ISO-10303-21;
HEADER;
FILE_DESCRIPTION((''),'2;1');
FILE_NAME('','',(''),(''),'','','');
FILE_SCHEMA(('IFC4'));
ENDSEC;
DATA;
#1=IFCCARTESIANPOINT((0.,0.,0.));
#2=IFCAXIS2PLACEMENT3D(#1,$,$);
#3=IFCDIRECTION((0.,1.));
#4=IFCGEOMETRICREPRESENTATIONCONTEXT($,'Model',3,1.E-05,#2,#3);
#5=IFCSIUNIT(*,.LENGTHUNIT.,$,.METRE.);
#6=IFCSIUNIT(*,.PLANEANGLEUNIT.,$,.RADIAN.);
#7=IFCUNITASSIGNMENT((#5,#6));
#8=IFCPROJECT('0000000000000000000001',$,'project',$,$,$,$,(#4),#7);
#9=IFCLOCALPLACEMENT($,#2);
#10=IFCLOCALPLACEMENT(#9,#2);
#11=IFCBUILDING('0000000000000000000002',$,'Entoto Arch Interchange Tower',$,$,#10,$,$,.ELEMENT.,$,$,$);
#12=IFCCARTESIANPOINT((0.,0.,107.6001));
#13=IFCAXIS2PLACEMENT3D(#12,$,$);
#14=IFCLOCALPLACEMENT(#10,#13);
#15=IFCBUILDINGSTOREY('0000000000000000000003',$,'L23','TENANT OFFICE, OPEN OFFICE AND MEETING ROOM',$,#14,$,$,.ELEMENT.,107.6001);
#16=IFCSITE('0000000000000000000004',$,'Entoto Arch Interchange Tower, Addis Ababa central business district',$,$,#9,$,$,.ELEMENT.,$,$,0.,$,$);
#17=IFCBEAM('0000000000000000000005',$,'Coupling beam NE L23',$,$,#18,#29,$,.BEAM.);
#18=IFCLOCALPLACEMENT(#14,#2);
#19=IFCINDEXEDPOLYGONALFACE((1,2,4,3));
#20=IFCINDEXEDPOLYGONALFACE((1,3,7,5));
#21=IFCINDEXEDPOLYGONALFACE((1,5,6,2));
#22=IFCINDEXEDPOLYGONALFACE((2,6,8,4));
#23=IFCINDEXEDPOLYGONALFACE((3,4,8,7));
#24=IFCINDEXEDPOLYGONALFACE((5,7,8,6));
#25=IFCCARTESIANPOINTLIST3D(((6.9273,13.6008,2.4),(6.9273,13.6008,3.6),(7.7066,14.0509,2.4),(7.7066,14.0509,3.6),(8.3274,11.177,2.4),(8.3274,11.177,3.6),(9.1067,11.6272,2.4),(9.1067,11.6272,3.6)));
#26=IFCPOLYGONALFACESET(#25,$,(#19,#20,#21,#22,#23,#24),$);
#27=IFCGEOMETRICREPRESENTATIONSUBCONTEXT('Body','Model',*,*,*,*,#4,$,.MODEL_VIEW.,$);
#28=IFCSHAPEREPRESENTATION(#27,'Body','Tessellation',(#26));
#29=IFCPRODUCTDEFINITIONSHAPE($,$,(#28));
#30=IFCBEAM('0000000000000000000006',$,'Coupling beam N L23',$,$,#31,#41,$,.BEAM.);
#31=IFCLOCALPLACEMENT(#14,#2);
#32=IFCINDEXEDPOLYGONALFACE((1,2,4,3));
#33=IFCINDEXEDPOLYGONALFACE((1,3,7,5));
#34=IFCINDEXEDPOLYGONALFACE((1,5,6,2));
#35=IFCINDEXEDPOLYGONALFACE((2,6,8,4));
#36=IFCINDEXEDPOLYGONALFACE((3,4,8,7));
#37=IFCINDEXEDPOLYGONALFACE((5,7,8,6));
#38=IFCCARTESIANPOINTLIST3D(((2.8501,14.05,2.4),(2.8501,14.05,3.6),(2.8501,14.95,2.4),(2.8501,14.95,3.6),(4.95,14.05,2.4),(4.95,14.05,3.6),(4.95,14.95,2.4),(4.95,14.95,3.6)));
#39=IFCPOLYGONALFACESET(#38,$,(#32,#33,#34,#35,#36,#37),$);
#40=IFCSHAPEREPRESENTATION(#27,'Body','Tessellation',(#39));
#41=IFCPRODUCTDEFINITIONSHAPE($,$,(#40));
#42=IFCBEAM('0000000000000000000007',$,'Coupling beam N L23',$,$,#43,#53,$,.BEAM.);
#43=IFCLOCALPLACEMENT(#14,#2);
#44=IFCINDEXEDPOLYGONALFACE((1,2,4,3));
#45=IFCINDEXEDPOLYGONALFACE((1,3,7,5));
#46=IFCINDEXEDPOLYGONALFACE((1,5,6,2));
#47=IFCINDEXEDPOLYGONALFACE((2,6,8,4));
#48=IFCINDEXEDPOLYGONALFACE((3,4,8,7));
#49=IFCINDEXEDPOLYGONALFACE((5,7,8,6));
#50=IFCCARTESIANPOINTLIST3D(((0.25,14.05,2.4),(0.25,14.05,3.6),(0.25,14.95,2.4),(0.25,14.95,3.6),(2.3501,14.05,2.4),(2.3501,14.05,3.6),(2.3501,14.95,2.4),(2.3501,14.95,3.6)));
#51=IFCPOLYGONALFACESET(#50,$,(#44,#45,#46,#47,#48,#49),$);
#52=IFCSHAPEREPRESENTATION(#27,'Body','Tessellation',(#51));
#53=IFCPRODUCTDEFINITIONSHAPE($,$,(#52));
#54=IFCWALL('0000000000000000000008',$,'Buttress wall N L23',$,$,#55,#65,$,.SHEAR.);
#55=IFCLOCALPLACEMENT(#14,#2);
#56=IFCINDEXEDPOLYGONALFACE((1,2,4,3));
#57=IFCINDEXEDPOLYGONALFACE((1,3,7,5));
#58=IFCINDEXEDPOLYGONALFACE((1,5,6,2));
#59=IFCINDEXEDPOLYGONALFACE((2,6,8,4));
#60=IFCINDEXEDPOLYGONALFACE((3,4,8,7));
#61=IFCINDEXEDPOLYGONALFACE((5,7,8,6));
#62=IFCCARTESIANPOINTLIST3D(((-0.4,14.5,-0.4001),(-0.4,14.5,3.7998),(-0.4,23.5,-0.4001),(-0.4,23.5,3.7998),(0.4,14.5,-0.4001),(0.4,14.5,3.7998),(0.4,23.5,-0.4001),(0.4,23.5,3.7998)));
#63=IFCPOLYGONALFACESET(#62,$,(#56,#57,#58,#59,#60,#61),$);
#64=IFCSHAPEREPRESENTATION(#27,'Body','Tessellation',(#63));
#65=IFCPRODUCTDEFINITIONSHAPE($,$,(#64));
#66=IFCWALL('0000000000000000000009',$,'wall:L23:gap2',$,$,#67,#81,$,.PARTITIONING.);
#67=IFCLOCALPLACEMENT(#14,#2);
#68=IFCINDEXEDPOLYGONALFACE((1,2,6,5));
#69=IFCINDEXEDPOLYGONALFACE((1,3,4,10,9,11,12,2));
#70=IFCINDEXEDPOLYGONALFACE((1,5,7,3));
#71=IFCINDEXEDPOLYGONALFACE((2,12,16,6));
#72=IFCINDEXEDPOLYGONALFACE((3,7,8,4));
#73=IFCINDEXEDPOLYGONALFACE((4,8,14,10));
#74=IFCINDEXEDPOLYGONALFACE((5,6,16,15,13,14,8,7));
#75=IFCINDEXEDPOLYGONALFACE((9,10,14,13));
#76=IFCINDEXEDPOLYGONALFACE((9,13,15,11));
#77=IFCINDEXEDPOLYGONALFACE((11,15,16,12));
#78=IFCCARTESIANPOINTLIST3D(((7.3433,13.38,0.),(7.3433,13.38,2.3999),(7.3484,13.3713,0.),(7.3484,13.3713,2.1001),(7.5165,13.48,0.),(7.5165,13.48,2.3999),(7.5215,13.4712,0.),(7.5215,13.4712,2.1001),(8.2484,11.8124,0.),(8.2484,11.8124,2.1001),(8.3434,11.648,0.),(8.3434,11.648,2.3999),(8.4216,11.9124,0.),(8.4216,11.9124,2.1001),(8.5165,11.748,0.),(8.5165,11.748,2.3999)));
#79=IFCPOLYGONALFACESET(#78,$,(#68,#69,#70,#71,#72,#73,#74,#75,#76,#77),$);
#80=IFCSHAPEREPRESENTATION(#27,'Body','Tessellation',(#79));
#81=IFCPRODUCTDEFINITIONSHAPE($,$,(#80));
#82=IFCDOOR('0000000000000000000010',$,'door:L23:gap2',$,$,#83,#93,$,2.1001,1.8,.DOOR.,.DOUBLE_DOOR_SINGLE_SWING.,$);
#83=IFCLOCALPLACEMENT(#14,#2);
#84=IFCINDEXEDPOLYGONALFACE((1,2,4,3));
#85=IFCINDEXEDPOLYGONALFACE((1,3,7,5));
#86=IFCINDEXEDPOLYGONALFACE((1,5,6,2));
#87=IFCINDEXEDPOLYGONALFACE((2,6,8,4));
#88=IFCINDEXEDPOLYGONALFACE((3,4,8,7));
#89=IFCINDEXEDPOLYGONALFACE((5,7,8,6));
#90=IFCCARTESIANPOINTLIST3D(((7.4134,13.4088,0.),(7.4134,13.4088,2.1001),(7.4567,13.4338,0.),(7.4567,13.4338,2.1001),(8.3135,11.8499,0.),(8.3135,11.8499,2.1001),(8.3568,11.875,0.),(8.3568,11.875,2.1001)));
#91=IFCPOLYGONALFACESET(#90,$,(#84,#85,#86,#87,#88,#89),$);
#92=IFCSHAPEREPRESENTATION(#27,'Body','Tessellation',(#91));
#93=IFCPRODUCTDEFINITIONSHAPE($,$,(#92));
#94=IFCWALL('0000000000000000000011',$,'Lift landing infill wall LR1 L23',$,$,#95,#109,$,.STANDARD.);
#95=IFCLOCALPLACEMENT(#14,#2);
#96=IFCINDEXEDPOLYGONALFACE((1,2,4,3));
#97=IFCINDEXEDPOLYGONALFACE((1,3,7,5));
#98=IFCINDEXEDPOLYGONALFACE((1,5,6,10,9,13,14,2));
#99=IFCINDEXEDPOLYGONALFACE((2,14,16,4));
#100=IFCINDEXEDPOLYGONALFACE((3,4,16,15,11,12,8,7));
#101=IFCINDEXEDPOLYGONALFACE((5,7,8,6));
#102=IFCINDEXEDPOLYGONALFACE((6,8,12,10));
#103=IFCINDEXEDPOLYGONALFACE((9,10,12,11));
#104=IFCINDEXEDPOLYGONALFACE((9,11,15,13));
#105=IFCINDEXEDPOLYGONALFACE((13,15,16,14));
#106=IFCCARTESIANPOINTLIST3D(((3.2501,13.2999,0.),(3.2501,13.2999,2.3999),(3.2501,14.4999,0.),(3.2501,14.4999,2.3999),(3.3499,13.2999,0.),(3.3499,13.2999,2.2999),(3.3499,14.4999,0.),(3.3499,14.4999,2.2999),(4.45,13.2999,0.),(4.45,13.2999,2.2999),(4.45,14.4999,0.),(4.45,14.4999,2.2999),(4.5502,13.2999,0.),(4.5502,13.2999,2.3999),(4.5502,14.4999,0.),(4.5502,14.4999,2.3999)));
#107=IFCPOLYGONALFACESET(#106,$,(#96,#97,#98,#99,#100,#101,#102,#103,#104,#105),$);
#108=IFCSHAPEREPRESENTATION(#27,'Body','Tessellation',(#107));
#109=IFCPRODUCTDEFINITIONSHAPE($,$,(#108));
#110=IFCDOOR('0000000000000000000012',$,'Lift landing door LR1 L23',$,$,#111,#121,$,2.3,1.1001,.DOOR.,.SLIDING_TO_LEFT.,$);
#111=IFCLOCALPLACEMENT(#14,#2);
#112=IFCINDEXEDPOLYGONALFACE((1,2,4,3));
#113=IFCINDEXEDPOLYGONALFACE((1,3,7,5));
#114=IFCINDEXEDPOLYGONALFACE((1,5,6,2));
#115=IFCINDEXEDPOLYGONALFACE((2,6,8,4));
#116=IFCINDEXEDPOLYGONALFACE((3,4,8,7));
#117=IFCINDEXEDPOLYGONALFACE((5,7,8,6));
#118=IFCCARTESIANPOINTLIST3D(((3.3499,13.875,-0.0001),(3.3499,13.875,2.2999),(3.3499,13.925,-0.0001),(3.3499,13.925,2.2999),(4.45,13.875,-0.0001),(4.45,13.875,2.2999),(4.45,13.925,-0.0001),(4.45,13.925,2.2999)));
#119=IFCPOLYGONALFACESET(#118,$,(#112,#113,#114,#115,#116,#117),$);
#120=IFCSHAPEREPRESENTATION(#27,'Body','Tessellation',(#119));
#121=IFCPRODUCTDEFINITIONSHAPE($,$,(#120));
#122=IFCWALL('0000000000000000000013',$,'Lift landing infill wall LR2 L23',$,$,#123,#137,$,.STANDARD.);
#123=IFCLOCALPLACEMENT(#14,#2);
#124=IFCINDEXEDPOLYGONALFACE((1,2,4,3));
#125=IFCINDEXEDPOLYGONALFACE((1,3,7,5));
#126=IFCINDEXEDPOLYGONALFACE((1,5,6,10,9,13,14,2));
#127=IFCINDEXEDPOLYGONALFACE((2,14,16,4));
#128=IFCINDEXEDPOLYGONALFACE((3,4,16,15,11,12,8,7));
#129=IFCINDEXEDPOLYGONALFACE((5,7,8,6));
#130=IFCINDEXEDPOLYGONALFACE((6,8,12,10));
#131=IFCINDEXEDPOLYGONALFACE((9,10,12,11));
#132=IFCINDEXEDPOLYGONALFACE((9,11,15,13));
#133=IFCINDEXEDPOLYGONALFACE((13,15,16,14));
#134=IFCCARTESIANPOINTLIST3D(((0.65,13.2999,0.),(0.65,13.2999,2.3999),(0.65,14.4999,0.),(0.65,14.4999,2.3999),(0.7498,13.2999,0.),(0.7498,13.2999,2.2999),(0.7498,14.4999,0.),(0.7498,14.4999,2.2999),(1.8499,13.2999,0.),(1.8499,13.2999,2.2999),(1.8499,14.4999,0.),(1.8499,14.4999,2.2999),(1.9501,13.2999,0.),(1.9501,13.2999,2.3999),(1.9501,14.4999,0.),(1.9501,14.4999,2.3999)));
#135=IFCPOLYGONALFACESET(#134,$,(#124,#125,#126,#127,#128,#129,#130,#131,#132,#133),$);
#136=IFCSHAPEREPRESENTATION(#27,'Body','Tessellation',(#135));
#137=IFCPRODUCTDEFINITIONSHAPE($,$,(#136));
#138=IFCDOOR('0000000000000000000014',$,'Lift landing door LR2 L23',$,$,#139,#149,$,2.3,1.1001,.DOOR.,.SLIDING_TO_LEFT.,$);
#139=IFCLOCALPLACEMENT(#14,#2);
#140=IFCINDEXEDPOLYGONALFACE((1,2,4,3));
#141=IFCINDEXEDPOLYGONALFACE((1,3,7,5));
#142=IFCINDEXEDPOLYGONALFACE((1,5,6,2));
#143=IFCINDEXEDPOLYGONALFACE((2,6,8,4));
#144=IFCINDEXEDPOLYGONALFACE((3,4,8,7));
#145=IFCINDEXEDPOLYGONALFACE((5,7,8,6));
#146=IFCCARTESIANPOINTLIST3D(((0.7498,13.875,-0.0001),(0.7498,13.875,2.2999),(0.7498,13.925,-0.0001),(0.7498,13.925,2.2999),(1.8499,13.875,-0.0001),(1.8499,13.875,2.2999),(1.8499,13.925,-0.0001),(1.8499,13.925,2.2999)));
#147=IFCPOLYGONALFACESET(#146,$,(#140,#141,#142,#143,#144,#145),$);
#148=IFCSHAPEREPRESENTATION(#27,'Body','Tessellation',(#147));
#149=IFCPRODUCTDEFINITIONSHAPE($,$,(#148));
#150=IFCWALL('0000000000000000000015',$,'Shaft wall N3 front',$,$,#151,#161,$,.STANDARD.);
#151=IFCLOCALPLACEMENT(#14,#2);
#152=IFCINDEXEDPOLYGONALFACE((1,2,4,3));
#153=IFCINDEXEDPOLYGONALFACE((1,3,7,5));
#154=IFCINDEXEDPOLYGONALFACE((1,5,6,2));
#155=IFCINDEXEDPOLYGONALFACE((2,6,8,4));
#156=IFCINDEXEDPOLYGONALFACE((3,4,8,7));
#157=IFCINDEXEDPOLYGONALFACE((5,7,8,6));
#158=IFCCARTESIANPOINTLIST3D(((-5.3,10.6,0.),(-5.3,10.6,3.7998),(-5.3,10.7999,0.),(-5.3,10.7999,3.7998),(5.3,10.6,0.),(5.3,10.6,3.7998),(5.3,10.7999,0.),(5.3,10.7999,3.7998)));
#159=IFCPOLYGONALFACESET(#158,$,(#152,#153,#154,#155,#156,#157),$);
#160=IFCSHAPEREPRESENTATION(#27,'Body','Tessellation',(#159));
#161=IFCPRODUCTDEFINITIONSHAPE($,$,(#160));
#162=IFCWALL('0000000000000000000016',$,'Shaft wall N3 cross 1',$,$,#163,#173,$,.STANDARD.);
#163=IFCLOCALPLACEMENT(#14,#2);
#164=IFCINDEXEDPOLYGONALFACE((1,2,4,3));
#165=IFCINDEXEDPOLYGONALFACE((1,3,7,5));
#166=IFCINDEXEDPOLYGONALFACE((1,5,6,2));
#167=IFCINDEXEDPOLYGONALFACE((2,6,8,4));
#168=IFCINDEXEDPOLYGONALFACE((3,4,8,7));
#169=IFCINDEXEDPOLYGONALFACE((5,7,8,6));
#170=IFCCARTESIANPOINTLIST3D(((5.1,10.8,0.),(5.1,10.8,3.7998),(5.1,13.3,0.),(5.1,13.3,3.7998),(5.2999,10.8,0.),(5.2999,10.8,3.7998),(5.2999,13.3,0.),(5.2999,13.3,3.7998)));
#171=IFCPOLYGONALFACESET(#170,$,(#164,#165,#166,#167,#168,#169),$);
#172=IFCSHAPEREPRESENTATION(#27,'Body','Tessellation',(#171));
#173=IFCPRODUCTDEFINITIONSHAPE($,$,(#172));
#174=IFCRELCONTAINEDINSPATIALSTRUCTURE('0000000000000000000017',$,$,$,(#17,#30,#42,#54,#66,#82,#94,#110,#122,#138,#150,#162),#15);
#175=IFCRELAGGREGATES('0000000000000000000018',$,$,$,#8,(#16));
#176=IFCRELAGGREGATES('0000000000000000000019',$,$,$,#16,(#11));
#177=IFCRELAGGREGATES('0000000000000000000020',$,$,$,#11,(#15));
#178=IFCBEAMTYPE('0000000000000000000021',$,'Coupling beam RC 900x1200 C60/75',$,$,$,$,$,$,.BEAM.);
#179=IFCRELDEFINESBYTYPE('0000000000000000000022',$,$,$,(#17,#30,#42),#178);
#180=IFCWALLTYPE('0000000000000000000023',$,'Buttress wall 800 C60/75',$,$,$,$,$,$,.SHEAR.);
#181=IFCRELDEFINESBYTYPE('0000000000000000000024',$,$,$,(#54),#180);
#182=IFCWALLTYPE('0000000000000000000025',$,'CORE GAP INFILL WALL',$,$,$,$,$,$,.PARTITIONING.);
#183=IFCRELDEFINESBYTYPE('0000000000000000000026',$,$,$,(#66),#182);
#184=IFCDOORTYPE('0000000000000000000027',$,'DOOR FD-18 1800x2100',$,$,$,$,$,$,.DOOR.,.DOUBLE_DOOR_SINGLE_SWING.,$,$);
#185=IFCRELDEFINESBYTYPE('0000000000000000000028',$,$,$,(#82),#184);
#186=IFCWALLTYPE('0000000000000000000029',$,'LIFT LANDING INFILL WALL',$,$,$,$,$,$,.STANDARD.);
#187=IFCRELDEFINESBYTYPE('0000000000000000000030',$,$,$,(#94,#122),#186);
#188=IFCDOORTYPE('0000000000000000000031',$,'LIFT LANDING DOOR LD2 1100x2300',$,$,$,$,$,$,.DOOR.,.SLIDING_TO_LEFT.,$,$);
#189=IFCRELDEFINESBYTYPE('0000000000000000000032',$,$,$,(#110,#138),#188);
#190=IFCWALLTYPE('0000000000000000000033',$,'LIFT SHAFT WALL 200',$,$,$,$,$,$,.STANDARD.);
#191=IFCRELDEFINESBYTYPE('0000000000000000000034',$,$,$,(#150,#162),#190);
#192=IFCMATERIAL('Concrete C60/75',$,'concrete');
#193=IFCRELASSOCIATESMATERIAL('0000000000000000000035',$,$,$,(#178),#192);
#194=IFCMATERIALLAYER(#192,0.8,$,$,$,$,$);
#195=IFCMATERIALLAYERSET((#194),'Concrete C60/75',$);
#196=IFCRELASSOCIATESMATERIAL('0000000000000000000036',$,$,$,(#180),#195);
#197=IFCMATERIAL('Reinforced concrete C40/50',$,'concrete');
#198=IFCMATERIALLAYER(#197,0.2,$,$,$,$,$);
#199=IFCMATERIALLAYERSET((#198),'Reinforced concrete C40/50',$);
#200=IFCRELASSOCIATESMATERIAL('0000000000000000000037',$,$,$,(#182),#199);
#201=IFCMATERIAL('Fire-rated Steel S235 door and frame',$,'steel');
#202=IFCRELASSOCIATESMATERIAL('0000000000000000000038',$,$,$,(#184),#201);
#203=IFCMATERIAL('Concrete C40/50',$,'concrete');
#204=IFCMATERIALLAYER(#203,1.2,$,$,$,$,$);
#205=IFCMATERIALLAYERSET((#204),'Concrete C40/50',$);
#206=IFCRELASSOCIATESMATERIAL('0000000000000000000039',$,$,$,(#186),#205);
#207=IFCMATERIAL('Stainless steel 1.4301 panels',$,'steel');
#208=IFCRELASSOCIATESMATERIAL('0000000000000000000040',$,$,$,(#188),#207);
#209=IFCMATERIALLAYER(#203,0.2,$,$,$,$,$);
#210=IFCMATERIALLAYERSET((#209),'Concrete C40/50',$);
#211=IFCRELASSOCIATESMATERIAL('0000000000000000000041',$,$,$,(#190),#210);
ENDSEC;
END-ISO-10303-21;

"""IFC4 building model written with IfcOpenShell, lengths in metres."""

from ifc_helpers import new_model, si_unit, direction, frame, frame_2d, origin, origin_2d, place, context, subcontext, project, spatial, rectangle, extrude, material, layer, layer_set, material_profile, profile_set, type_object, element, fill, save


model = new_model("IFC4")

# Units and contexts
model_context = context("Model", 3, precision=1e-05, world=origin(), true_north=direction((0.0, 1.0)))
body_context = subcontext(model_context, "Body", "Model", "MODEL_VIEW")
ifc_project = project(units=[si_unit("LENGTHUNIT", "METRE"), si_unit("PLANEANGLEUNIT", "RADIAN")], contexts=[model_context])

# Site, building, storey
site_placement = place(None, origin())
site = spatial("IfcSite", under=ifc_project, at=site_placement, Name="Entoto Arch Interchange Tower, Addis Ababa central business district", CompositionType="ELEMENT", RefElevation=0.0)
building_placement = place(site_placement, origin())
building = spatial("IfcBuilding", under=site, at=building_placement, Name="Entoto Arch Interchange Tower", CompositionType="ELEMENT")
storey_placement = place(building_placement, frame((0.0, 0.0, 107.6001)))
storey = spatial("IfcBuildingStorey", under=building, at=storey_placement, Name="L23", Description="TENANT OFFICE, OPEN OFFICE AND MEETING ROOM", CompositionType="ELEMENT", Elevation=107.6001)

# Beams
ifc_material_1 = material(Name="Concrete C60/75", Category="concrete")
ifc_material_profile = material_profile(ifc_material_1, rectangle(XDim=0.8999, YDim=1.2, at=origin_2d()))
ifc_profile_set = profile_set([ifc_material_profile], Name="Concrete C60/75")
beam_type = type_object("IfcBeamType", Name="Coupling beam RC 900x1200 C60/75", PredefinedType="BEAM", material=ifc_profile_set)
beam_1_placement = place(storey_placement, frame((8.717, 11.4021, 3.0), z_axis=(-0.500201, 0.86591, 0.0), x_axis=(-0.86591, -0.500201, 0.0)))
element("IfcBeam", 1, at=beam_1_placement, inside=storey, type_object=beam_type, Name="Coupling beam NE L23", PredefinedType="BEAM", context=body_context, shape_type="SweptSolid", body=[
    extrude(rectangle(XDim=0.8999, YDim=1.2, at=origin_2d()), origin(), (0.0, 0.0, 1.0), 2.7991),
])
beam_2_placement = place(storey_placement, frame((4.95, 14.5, 3.0), z_axis=(-1.0, 0.0, 0.0), x_axis=(0.0, -1.0, 0.0)))
element("IfcBeam", 2, at=beam_2_placement, inside=storey, type_object=beam_type, Name="Coupling beam N L23", PredefinedType="BEAM", context=body_context, shape_type="SweptSolid", body=[
    extrude(rectangle(XDim=0.8999, YDim=1.2, at=origin_2d()), origin(), (0.0, 0.0, 1.0), 2.0999),
])
beam_3_placement = place(storey_placement, frame((2.3501, 14.5, 3.0), z_axis=(-1.0, 0.0, 0.0), x_axis=(0.0, -1.0, 0.0)))
element("IfcBeam", 3, at=beam_3_placement, inside=storey, type_object=beam_type, Name="Coupling beam N L23", PredefinedType="BEAM", context=body_context, shape_type="SweptSolid", body=[
    extrude(rectangle(XDim=0.8999, YDim=1.2, at=origin_2d()), origin(), (0.0, 0.0, 1.0), 2.1001),
])

# Wall
ifc_layer_1 = layer(ifc_material_1, 0.8)
ifc_layer_set_1 = layer_set([ifc_layer_1], Name="Concrete C60/75")
wall_type_1 = type_object("IfcWallType", Name="Buttress wall 800 C60/75", PredefinedType="SHEAR", material=ifc_layer_set_1)
wall_1_placement = place(storey_placement, frame((0.0, 14.5, -0.4001), z_axis=(0.0, 0.0, 1.0), x_axis=(0.0, 1.0, 0.0)))
element("IfcWall", 4, at=wall_1_placement, inside=storey, type_object=wall_type_1, Name="Buttress wall N L23", PredefinedType="SHEAR", context=body_context, shape_type="SweptSolid", body=[
    extrude(rectangle(XDim=9.0, YDim=0.8, at=frame_2d((4.5, 0.0))), origin(), (0.0, 0.0, 1.0), 4.2),
])

# Walls, openings, doors
ifc_material_2 = material(Name="Reinforced concrete C40/50", Category="concrete")
ifc_layer_2 = layer(ifc_material_2, 0.2)
ifc_layer_set_2 = layer_set([ifc_layer_2], Name="Reinforced concrete C40/50")
wall_type_2 = type_object("IfcWallType", Name="CORE GAP INFILL WALL", PredefinedType="PARTITIONING", material=ifc_layer_set_2)
wall_2_placement = place(storey_placement, frame((8.4299, 11.698, 0.0), z_axis=(0.0, 0.0, 1.0), x_axis=(-0.500025, 0.866011, 0.0)))
wall_2 = element("IfcWall", 5, at=wall_2_placement, inside=storey, type_object=wall_type_2, Name="wall:L23:gap2", PredefinedType="PARTITIONING", context=body_context, shape_type="SweptSolid", body=[
    extrude(rectangle(XDim=2.0, YDim=0.2, at=frame_2d((1.0, 0.0))), origin(), (0.0, 0.0, 1.0), 2.3999),
])
opening_1_placement = place(wall_2_placement, frame((0.1899, 0.0, 0.0)))
opening_1 = element("IfcOpeningElement", 6, at=opening_1_placement, cuts=wall_2, PredefinedType="OPENING", context=body_context, shape_type="SweptSolid", body=[
    extrude(rectangle(XDim=1.8, YDim=2.1001, at=frame_2d((0.8999, 1.05))), frame((0.0, 0.1099, 0.0), z_axis=(0.0, -1.0, 0.0), x_axis=(1.0, 0.0, 0.0)), (0.0, 0.0, 1.0), 0.22),
])
ifc_material_3 = material(Name="Fire-rated Steel S235 door and frame", Category="steel")
door_type_1 = type_object("IfcDoorType", Name="DOOR FD-18 1800x2100", OperationType="DOUBLE_DOOR_SINGLE_SWING", PredefinedType="DOOR", material=ifc_material_3)
door_1_placement = place(opening_1_placement, origin())
door_1 = element("IfcDoor", 7, at=door_1_placement, inside=storey, type_object=door_type_1, Name="door:L23:gap2", OperationType="DOUBLE_DOOR_SINGLE_SWING", OverallHeight=2.1001, OverallWidth=1.8, PredefinedType="DOOR", context=body_context, shape_type="SweptSolid", body=[
    extrude(rectangle(XDim=1.8, YDim=2.1001, at=frame_2d((0.8999, 1.05))), frame((0.0, 0.0249, 0.0), z_axis=(0.0, -1.0, 0.0), x_axis=(1.0, 0.0, 0.0)), (0.0, 0.0, 1.0), 0.05),
])
fill(opening_1, door_1)
ifc_material_4 = material(Name="Concrete C40/50", Category="concrete")
ifc_layer_3 = layer(ifc_material_4, 1.2)
ifc_layer_set_3 = layer_set([ifc_layer_3], Name="Concrete C40/50")
wall_type_3 = type_object("IfcWallType", Name="LIFT LANDING INFILL WALL", PredefinedType="STANDARD", material=ifc_layer_set_3)
wall_3_placement = place(storey_placement, frame((4.55, 13.8999, 0.0), z_axis=(0.0, 0.0, 1.0), x_axis=(-1.0, 0.0, 0.0)))
wall_3 = element("IfcWall", 8, at=wall_3_placement, inside=storey, type_object=wall_type_3, Name="Lift landing infill wall LR1 L23", PredefinedType="STANDARD", context=body_context, shape_type="SweptSolid", body=[
    extrude(rectangle(XDim=1.3, YDim=1.2, at=frame_2d((0.6499, 0.0))), origin(), (0.0, 0.0, 1.0), 2.3999),
])
opening_2_placement = place(wall_3_placement, frame((0.1001, 0.0, 0.0)))
opening_2 = element("IfcOpeningElement", 9, at=opening_2_placement, cuts=wall_3, PredefinedType="OPENING", context=body_context, shape_type="SweptSolid", body=[
    extrude(rectangle(XDim=1.1001, YDim=2.3, at=frame_2d((0.55, 1.1499))), frame((0.0, 0.6099, 0.0), z_axis=(0.0, -1.0, 0.0), x_axis=(1.0, 0.0, 0.0)), (0.0, 0.0, 1.0), 1.22),
])
ifc_material_5 = material(Name="Stainless steel 1.4301 panels", Category="steel")
door_type_2 = type_object("IfcDoorType", Name="LIFT LANDING DOOR LD2 1100x2300", OperationType="SLIDING_TO_LEFT", PredefinedType="DOOR", material=ifc_material_5)
door_2_placement = place(opening_2_placement, origin())
door_2 = element("IfcDoor", 10, at=door_2_placement, inside=storey, type_object=door_type_2, Name="Lift landing door LR1 L23", OperationType="SLIDING_TO_LEFT", OverallHeight=2.3, OverallWidth=1.1001, PredefinedType="DOOR", context=body_context, shape_type="SweptSolid", body=[
    extrude(rectangle(XDim=1.1001, YDim=2.3, at=frame_2d((0.55, 1.1499))), frame((0.0, 0.0249, 0.0), z_axis=(0.0, -1.0, 0.0), x_axis=(1.0, 0.0, 0.0)), (0.0, 0.0, 1.0), 0.05),
])
fill(opening_2, door_2)
wall_4_placement = place(storey_placement, frame((1.95, 13.8999, 0.0), z_axis=(0.0, 0.0, 1.0), x_axis=(-1.0, 0.0, 0.0)))
wall_4 = element("IfcWall", 11, at=wall_4_placement, inside=storey, type_object=wall_type_3, Name="Lift landing infill wall LR2 L23", PredefinedType="STANDARD", context=body_context, shape_type="SweptSolid", body=[
    extrude(rectangle(XDim=1.3, YDim=1.2, at=frame_2d((0.6499, 0.0))), origin(), (0.0, 0.0, 1.0), 2.3999),
])
opening_3_placement = place(wall_4_placement, frame((0.1001, 0.0, 0.0)))
opening_3 = element("IfcOpeningElement", 12, at=opening_3_placement, cuts=wall_4, PredefinedType="OPENING", context=body_context, shape_type="SweptSolid", body=[
    extrude(rectangle(XDim=1.1001, YDim=2.3, at=frame_2d((0.55, 1.1499))), frame((0.0, 0.6099, 0.0), z_axis=(0.0, -1.0, 0.0), x_axis=(1.0, 0.0, 0.0)), (0.0, 0.0, 1.0), 1.22),
])
door_3_placement = place(opening_3_placement, origin())
door_3 = element("IfcDoor", 13, at=door_3_placement, inside=storey, type_object=door_type_2, Name="Lift landing door LR2 L23", OperationType="SLIDING_TO_LEFT", OverallHeight=2.3, OverallWidth=1.1001, PredefinedType="DOOR", context=body_context, shape_type="SweptSolid", body=[
    extrude(rectangle(XDim=1.1001, YDim=2.3, at=frame_2d((0.55, 1.1499))), frame((0.0, 0.0249, 0.0), z_axis=(0.0, -1.0, 0.0), x_axis=(1.0, 0.0, 0.0)), (0.0, 0.0, 1.0), 0.05),
])
fill(opening_3, door_3)

# Walls
ifc_layer_4 = layer(ifc_material_4, 0.2)
ifc_layer_set_4 = layer_set([ifc_layer_4], Name="Concrete C40/50")
wall_type_4 = type_object("IfcWallType", Name="LIFT SHAFT WALL 200", PredefinedType="STANDARD", material=ifc_layer_set_4)
wall_5_placement = place(storey_placement, frame((5.3, 10.7, 0.0), z_axis=(0.0, 0.0, 1.0), x_axis=(-1.0, 0.0, 0.0)))
element("IfcWall", 14, at=wall_5_placement, inside=storey, type_object=wall_type_4, Name="Shaft wall N3 front", PredefinedType="STANDARD", context=body_context, shape_type="SweptSolid", body=[
    extrude(rectangle(XDim=10.6001, YDim=0.2, at=frame_2d((5.3, 0.0))), origin(), (0.0, 0.0, 1.0), 3.7998),
])
for number, where, z_axis, x_axis, name in (
    (15, (5.2, 10.8, 0.0), (0.0, 0.0, 1.0), (0.0, 1.0, 0.0), "Shaft wall N3 cross 1"),
):
    element("IfcWall", number, at=place(storey_placement, frame(where, z_axis=z_axis, x_axis=x_axis)), inside=storey, type_object=wall_type_4, Name=name, PredefinedType="STANDARD", context=body_context, shape_type="SweptSolid", body=[
        extrude(rectangle(XDim=2.5, YDim=0.2, at=frame_2d((1.25, 0.0))), origin(), (0.0, 0.0, 1.0), 3.7998),
    ])

save(model, "model.ifc")
